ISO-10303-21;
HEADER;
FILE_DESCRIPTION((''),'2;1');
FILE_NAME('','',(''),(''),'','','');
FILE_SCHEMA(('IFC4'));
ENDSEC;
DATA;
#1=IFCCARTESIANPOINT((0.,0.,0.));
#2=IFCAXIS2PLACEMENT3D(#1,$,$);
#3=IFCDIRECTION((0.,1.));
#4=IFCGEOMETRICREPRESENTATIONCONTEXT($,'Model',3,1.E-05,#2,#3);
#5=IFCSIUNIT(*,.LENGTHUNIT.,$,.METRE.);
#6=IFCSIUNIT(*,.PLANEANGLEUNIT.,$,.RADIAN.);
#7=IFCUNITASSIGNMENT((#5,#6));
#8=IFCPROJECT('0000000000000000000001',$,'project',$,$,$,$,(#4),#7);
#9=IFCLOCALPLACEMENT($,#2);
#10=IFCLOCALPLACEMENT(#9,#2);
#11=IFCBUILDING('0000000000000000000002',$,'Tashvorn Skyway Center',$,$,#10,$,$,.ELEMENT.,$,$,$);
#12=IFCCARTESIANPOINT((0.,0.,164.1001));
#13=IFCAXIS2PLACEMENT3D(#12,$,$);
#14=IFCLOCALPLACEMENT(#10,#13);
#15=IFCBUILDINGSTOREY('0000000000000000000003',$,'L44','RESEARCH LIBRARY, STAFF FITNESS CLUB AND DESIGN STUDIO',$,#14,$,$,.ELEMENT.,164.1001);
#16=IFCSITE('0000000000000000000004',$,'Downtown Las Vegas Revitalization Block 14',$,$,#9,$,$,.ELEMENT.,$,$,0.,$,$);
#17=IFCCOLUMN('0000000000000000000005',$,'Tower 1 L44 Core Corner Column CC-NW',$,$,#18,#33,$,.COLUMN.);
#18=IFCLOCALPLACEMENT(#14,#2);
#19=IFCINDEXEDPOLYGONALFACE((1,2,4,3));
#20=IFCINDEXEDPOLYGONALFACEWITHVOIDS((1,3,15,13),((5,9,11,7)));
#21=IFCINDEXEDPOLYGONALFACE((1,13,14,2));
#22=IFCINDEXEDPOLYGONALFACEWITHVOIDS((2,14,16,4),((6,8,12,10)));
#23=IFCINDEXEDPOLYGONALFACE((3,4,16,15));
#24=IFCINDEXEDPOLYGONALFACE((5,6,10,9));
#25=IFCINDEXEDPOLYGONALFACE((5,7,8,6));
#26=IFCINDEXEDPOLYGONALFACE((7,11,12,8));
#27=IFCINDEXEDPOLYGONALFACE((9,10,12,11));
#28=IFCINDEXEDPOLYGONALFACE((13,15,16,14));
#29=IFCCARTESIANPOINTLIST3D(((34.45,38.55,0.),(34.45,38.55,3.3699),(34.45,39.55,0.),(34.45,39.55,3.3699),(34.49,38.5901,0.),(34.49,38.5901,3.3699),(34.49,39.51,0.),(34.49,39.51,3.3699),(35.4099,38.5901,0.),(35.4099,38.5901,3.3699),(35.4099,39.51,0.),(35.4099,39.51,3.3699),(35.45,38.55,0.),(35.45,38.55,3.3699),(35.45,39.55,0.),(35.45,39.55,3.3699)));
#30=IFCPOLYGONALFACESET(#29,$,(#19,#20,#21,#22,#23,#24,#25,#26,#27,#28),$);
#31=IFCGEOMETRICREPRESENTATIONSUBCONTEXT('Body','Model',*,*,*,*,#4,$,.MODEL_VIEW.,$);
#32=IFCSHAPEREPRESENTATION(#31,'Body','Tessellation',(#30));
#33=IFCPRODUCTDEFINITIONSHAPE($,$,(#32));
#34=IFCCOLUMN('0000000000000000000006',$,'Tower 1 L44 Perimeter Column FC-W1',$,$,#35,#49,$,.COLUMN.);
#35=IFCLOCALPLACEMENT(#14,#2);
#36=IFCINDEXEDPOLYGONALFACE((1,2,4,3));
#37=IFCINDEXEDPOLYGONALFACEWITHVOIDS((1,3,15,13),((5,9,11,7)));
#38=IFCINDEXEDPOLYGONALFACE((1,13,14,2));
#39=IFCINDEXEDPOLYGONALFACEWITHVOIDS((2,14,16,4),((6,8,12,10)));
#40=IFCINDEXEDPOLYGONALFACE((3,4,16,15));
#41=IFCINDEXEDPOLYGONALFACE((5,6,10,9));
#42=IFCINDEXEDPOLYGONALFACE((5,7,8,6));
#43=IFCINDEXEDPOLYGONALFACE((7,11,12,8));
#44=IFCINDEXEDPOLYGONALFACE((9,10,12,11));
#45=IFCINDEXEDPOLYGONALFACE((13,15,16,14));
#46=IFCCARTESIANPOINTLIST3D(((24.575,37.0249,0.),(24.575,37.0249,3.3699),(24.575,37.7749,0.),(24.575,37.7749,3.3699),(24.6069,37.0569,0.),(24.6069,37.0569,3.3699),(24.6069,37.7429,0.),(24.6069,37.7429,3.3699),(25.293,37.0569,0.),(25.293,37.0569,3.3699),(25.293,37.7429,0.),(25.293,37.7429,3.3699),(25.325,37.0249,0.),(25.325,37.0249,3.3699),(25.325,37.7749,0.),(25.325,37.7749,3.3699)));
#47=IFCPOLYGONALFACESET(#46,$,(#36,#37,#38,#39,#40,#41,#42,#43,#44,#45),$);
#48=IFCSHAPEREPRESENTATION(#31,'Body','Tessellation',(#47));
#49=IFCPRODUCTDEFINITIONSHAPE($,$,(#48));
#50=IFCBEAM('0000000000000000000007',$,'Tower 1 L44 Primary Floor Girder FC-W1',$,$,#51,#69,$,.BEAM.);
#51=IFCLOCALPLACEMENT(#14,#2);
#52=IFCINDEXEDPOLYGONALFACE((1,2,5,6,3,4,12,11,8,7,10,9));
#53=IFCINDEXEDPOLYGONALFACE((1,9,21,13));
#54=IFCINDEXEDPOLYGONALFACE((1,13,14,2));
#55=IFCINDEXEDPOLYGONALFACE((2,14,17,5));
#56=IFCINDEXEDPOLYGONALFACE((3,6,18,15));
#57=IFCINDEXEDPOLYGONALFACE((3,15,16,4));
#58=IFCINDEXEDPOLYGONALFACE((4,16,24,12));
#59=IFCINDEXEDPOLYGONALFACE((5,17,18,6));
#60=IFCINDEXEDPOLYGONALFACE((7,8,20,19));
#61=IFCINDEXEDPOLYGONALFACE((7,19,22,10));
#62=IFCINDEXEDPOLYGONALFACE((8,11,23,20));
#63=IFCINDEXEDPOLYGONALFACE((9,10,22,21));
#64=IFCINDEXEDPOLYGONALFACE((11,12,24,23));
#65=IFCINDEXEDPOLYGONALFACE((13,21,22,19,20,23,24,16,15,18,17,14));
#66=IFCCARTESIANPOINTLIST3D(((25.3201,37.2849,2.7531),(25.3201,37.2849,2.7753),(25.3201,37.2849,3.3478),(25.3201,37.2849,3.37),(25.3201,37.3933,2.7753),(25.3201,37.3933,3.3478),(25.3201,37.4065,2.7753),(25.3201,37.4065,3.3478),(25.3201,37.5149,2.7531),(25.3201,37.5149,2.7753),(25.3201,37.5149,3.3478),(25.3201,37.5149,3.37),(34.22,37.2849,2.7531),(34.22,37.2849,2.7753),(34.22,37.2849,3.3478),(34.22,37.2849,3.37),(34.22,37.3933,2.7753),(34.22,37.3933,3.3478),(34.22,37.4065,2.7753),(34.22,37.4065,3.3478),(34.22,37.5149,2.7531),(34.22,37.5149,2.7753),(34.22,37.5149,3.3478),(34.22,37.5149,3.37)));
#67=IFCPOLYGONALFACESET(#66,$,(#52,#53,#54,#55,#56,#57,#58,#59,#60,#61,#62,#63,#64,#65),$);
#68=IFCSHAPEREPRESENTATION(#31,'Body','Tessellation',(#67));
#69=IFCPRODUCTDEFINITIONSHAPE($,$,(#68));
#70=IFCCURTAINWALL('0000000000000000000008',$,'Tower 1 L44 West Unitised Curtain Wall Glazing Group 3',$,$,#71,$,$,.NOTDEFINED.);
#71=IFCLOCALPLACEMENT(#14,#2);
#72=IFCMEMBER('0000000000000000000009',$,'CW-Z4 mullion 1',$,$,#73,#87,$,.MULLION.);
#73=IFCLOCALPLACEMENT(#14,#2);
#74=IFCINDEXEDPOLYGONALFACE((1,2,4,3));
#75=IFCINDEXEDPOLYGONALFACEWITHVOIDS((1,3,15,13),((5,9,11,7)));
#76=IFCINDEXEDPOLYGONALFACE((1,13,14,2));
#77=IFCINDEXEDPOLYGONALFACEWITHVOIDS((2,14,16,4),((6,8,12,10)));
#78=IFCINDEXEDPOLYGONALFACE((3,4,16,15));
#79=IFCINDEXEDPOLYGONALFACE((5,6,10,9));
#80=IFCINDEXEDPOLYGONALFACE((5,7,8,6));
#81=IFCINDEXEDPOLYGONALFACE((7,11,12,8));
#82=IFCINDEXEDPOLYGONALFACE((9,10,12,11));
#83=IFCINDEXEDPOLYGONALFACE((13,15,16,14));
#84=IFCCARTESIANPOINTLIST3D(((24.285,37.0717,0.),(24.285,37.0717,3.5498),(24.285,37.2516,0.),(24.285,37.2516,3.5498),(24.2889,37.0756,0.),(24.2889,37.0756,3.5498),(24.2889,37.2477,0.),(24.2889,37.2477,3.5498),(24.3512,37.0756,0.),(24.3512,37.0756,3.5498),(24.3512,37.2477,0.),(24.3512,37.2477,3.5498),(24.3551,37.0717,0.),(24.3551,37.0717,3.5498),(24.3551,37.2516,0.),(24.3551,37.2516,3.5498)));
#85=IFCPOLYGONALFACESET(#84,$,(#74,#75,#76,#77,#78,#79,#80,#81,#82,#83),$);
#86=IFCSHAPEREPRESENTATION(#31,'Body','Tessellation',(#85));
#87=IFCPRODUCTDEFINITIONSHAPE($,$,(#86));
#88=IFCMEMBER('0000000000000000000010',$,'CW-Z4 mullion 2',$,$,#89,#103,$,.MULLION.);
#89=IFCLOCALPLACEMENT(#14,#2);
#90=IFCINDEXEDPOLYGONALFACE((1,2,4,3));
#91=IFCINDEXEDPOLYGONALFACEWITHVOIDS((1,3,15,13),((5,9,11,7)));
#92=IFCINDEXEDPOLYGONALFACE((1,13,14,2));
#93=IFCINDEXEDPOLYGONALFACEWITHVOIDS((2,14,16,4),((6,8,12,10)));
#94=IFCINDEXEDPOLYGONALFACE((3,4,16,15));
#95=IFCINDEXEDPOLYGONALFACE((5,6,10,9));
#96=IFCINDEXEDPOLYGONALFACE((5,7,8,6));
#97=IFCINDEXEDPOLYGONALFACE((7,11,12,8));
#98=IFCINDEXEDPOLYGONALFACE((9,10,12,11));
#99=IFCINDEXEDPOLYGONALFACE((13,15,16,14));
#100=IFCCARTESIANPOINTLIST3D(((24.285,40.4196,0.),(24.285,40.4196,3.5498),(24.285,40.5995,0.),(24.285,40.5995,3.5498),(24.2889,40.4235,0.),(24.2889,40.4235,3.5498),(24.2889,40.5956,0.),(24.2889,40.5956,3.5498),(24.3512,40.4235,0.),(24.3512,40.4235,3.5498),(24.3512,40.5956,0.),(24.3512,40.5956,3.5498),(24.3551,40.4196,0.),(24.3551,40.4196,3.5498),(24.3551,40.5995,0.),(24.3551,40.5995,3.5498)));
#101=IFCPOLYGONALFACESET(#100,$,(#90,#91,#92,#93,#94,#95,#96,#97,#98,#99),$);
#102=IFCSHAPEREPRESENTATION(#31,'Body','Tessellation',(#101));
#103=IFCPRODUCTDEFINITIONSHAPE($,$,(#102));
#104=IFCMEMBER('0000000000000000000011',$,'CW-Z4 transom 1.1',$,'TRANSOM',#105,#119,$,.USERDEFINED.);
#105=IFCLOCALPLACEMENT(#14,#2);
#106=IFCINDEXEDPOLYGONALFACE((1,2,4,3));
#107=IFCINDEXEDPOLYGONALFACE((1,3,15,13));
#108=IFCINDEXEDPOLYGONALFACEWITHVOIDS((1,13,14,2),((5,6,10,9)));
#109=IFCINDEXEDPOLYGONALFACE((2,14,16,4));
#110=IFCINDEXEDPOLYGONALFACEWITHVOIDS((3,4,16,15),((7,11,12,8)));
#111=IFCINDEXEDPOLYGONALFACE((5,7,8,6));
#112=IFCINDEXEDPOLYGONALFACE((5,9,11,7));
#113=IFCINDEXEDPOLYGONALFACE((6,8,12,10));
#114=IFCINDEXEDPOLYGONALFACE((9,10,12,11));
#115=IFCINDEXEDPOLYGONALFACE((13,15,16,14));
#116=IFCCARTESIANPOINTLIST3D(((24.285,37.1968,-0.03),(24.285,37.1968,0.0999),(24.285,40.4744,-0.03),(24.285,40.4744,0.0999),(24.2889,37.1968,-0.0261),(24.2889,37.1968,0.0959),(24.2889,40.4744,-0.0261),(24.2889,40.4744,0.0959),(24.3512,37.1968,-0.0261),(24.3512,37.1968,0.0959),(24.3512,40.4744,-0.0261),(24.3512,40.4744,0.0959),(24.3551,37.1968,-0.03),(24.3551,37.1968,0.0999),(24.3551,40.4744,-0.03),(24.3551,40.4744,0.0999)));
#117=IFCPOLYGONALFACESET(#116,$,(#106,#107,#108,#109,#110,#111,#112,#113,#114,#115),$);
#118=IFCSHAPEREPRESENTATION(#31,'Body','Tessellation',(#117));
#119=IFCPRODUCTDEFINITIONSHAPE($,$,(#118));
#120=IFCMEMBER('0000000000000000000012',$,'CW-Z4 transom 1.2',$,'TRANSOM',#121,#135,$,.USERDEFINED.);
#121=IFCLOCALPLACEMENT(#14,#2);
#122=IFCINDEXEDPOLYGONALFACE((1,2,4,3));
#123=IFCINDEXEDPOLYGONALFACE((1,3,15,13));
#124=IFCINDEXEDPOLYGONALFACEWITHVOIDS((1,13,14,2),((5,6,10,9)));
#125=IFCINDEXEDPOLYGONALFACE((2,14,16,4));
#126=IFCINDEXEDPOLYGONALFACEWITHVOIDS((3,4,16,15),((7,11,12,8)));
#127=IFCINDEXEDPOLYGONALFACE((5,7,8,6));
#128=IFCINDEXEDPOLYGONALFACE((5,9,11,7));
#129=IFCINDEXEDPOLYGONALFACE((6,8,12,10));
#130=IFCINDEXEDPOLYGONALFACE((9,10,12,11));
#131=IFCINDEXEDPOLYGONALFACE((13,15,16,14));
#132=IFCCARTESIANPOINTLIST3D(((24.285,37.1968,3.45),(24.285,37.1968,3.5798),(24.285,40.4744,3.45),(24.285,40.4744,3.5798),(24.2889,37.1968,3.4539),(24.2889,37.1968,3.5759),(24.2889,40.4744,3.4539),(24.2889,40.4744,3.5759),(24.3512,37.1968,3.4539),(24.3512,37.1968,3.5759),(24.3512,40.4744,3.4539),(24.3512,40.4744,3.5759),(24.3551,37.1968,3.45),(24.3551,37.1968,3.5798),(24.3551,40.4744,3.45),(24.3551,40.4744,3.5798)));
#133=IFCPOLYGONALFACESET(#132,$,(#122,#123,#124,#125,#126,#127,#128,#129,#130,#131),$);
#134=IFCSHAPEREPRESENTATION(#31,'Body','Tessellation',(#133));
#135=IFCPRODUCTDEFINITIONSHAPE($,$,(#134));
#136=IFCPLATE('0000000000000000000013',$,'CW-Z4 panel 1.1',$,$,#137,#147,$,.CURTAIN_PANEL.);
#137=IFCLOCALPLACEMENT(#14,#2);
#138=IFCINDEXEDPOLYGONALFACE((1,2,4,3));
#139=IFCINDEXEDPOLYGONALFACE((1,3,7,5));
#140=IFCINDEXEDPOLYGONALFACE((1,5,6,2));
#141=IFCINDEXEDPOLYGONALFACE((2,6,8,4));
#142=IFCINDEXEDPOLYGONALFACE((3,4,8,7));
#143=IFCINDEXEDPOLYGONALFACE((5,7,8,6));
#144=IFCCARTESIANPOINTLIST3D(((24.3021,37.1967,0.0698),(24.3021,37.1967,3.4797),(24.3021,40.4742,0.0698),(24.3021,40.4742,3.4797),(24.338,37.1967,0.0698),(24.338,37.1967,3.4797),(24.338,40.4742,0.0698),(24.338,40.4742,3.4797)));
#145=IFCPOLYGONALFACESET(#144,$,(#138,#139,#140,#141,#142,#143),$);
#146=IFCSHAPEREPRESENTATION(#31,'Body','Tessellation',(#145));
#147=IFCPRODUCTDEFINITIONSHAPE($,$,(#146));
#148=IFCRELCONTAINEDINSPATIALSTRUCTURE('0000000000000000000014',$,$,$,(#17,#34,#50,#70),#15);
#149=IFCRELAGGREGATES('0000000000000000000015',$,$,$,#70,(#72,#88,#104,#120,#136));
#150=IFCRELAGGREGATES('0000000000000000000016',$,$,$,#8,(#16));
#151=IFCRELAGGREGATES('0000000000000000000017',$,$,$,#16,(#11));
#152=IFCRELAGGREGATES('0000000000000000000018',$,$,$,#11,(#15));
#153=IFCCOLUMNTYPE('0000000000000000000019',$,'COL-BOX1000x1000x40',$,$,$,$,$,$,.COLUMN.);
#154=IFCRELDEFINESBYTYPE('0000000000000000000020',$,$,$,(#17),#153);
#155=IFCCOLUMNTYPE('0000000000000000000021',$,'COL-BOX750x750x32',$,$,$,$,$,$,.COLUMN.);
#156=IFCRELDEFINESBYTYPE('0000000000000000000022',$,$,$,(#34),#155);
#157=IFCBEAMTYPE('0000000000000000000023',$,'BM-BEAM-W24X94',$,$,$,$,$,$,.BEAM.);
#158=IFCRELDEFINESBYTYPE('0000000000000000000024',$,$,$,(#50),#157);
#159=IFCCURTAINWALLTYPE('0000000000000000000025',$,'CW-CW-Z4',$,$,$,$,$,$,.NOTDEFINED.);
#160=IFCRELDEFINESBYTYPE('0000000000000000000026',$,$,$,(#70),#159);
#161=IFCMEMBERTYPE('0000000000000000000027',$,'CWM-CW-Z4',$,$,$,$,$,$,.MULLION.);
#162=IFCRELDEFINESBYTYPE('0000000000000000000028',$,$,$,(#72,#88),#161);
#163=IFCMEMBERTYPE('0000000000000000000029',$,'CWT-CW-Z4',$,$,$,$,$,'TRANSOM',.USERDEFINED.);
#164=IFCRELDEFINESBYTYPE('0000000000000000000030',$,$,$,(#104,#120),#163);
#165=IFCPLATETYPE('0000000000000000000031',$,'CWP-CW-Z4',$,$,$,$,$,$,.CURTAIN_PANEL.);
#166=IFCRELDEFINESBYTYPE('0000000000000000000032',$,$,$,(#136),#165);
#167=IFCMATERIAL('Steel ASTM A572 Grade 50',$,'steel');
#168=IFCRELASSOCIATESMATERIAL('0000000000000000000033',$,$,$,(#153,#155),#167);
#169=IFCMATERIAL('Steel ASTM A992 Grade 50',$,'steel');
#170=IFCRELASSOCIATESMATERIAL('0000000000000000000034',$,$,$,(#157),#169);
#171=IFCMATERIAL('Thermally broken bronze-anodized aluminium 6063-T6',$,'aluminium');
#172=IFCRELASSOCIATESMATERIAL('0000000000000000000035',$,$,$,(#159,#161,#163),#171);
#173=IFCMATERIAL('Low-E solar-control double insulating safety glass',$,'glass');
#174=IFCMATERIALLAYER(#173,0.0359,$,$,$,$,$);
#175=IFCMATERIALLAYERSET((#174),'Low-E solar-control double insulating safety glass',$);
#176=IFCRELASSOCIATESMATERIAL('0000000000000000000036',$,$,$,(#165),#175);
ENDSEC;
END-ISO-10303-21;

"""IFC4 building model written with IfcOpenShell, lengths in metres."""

from ifc_helpers import new_model, si_unit, direction, frame, origin, origin_2d, place, context, subcontext, project, spatial, rectangle, hollow_rectangle, i_section, extrude, material, layer, layer_set, material_profile, profile_set, type_object, element, aggregate, save


model = new_model("IFC4")

# Units and contexts
model_context = context("Model", 3, precision=1e-05, world=origin(), true_north=direction((0.0, 1.0)))
body_context = subcontext(model_context, "Body", "Model", "MODEL_VIEW")
ifc_project = project(units=[si_unit("LENGTHUNIT", "METRE"), si_unit("PLANEANGLEUNIT", "RADIAN")], contexts=[model_context])

# Site, building, storey
site_placement = place(None, origin())
site = spatial("IfcSite", under=ifc_project, at=site_placement, Name="Downtown Las Vegas Revitalization Block 14", CompositionType="ELEMENT", RefElevation=0.0)
building_placement = place(site_placement, origin())
building = spatial("IfcBuilding", under=site, at=building_placement, Name="Tashvorn Skyway Center", CompositionType="ELEMENT")
storey_placement = place(building_placement, frame((0.0, 0.0, 164.1001)))
storey = spatial("IfcBuildingStorey", under=building, at=storey_placement, Name="L44", Description="RESEARCH LIBRARY, STAFF FITNESS CLUB AND DESIGN STUDIO", CompositionType="ELEMENT", Elevation=164.1001)

# Columns
ifc_material_1 = material(Name="Steel ASTM A572 Grade 50", Category="steel")
ifc_material_profile_1 = material_profile(ifc_material_1, hollow_rectangle(XDim=1.0, YDim=1.0, WallThickness=0.04, at=origin_2d()), Name="BOX1000x1000x40")
ifc_profile_set_1 = profile_set([ifc_material_profile_1], Name="Steel ASTM A572 Grade 50")
column_type_1 = type_object("IfcColumnType", Name="COL-BOX1000x1000x40", PredefinedType="COLUMN", material=ifc_profile_set_1)
column_1_placement = place(storey_placement, frame((34.95, 39.05, 0.0), z_axis=(0.0, 0.0, 1.0), x_axis=(1.0, 0.0, 0.0)))
element("IfcColumn", 1, at=column_1_placement, inside=storey, type_object=column_type_1, Name="Tower 1 L44 Core Corner Column CC-NW", PredefinedType="COLUMN", context=body_context, shape_type="SweptSolid", body=[
    extrude(hollow_rectangle(XDim=1.0, YDim=1.0, WallThickness=0.04, at=origin_2d()), origin(), (0.0, 0.0, 1.0), 3.3699),
])
ifc_material_profile_2 = material_profile(ifc_material_1, hollow_rectangle(XDim=0.75, YDim=0.75, WallThickness=0.032, at=origin_2d()), Name="BOX750x750x32")
ifc_profile_set_2 = profile_set([ifc_material_profile_2], Name="Steel ASTM A572 Grade 50")
column_type_2 = type_object("IfcColumnType", Name="COL-BOX750x750x32", PredefinedType="COLUMN", material=ifc_profile_set_2)
column_2_placement = place(storey_placement, frame((24.95, 37.3999, 0.0), z_axis=(0.0, 0.0, 1.0), x_axis=(1.0, 0.0, 0.0)))
element("IfcColumn", 2, at=column_2_placement, inside=storey, type_object=column_type_2, Name="Tower 1 L44 Perimeter Column FC-W1", PredefinedType="COLUMN", context=body_context, shape_type="SweptSolid", body=[
    extrude(hollow_rectangle(XDim=0.75, YDim=0.75, WallThickness=0.032, at=origin_2d()), origin(), (0.0, 0.0, 1.0), 3.3699),
])

# Beam
ifc_material_2 = material(Name="Steel ASTM A992 Grade 50", Category="steel")
ifc_material_profile_3 = material_profile(ifc_material_2, i_section(OverallWidth=0.23, OverallDepth=0.6169, WebThickness=0.0132, FlangeThickness=0.0222, at=origin_2d()), Name="W24X94")
ifc_profile_set_3 = profile_set([ifc_material_profile_3], Name="Steel ASTM A992 Grade 50")
beam_type = type_object("IfcBeamType", Name="BM-BEAM-W24X94", PredefinedType="BEAM", material=ifc_profile_set_3)
beam_placement = place(storey_placement, frame((25.3201, 37.3999, 3.0615), z_axis=(1.0, 0.0, 0.0), x_axis=(0.0, 1.0, 0.0)))
element("IfcBeam", 3, at=beam_placement, inside=storey, type_object=beam_type, Name="Tower 1 L44 Primary Floor Girder FC-W1", PredefinedType="BEAM", context=body_context, shape_type="SweptSolid", body=[
    extrude(i_section(OverallWidth=0.23, OverallDepth=0.6169, WebThickness=0.0132, FlangeThickness=0.0222, at=origin_2d()), origin(), (0.0, 0.0, 1.0), 8.8999),
])

# Curtain wall, members, plate
ifc_material_3 = material(Name="Thermally broken bronze-anodized aluminium 6063-T6", Category="aluminium")
curtain_wall_type = type_object("IfcCurtainWallType", Name="CW-CW-Z4", PredefinedType="NOTDEFINED", material=ifc_material_3)
curtain_wall_placement = place(storey_placement, origin())
curtain_wall = element("IfcCurtainWall", 4, at=curtain_wall_placement, inside=storey, type_object=curtain_wall_type, Name="Tower 1 L44 West Unitised Curtain Wall Glazing Group 3", PredefinedType="NOTDEFINED")
ifc_material_profile_4 = material_profile(ifc_material_3, hollow_rectangle(XDim=0.0701, YDim=0.1799, WallThickness=0.0039, at=origin_2d()), Name="ALU-MULL-70x180")
ifc_profile_set_4 = profile_set([ifc_material_profile_4], Name="Thermally broken bronze-anodized aluminium 6063-T6")
member_type_1 = type_object("IfcMemberType", Name="CWM-CW-Z4", PredefinedType="MULLION", material=ifc_profile_set_4)
member_1_placement = place(storey_placement, frame((24.3201, 37.1616, 0.0), z_axis=(0.0, 0.0, 1.0), x_axis=(-1.0, 0.0, 0.0)))
member_1 = element("IfcMember", 5, at=member_1_placement, type_object=member_type_1, Name="CW-Z4 mullion 1", PredefinedType="MULLION", context=body_context, shape_type="SweptSolid", body=[
    extrude(hollow_rectangle(XDim=0.0701, YDim=0.1799, WallThickness=0.0039, at=origin_2d()), origin(), (0.0, 0.0, 1.0), 3.5498),
])
member_2_placement = place(storey_placement, frame((24.3201, 40.5095, 0.0), z_axis=(0.0, 0.0, 1.0), x_axis=(-1.0, 0.0, 0.0)))
member_2 = element("IfcMember", 6, at=member_2_placement, type_object=member_type_1, Name="CW-Z4 mullion 2", PredefinedType="MULLION", context=body_context, shape_type="SweptSolid", body=[
    extrude(hollow_rectangle(XDim=0.0701, YDim=0.1799, WallThickness=0.0039, at=origin_2d()), origin(), (0.0, 0.0, 1.0), 3.5498),
])
ifc_material_profile_5 = material_profile(ifc_material_3, hollow_rectangle(XDim=0.0701, YDim=0.1299, WallThickness=0.0039, at=origin_2d()), Name="ALU-TRAN-70x130")
ifc_profile_set_5 = profile_set([ifc_material_profile_5], Name="Thermally broken bronze-anodized aluminium 6063-T6")
member_type_2 = type_object("IfcMemberType", Name="CWT-CW-Z4", ElementType="TRANSOM", PredefinedType="USERDEFINED", material=ifc_profile_set_5)
member_3_placement = place(storey_placement, frame((24.3201, 37.1968, 0.0349), z_axis=(0.0, 1.0, 0.0), x_axis=(-1.0, 0.0, 0.0)))
member_3 = element("IfcMember", 7, at=member_3_placement, type_object=member_type_2, Name="CW-Z4 transom 1.1", ObjectType="TRANSOM", PredefinedType="USERDEFINED", context=body_context, shape_type="SweptSolid", body=[
    extrude(hollow_rectangle(XDim=0.0701, YDim=0.1299, WallThickness=0.0039, at=origin_2d()), origin(), (0.0, 0.0, 1.0), 3.2776),
])
member_4_placement = place(storey_placement, frame((24.3201, 37.1968, 3.5149), z_axis=(0.0, 1.0, 0.0), x_axis=(-1.0, 0.0, 0.0)))
member_4 = element("IfcMember", 8, at=member_4_placement, type_object=member_type_2, Name="CW-Z4 transom 1.2", ObjectType="TRANSOM", PredefinedType="USERDEFINED", context=body_context, shape_type="SweptSolid", body=[
    extrude(hollow_rectangle(XDim=0.0701, YDim=0.1299, WallThickness=0.0039, at=origin_2d()), origin(), (0.0, 0.0, 1.0), 3.2776),
])
ifc_material_4 = material(Name="Low-E solar-control double insulating safety glass", Category="glass")
ifc_layer_1 = layer(ifc_material_4, 0.0359)
ifc_layer_set_1 = layer_set([ifc_layer_1], Name="Low-E solar-control double insulating safety glass")
plate_type = type_object("IfcPlateType", Name="CWP-CW-Z4", PredefinedType="CURTAIN_PANEL", material=ifc_layer_set_1)
plate_placement = place(storey_placement, frame((24.3201, 38.8354, 0.0698), z_axis=(0.0, 0.0, 1.0), x_axis=(0.0, 1.0, 0.0)))
plate = element("IfcPlate", 9, at=plate_placement, type_object=plate_type, Name="CW-Z4 panel 1.1", PredefinedType="CURTAIN_PANEL", context=body_context, shape_type="SweptSolid", body=[
    extrude(rectangle(XDim=3.2776, YDim=0.0359, at=origin_2d()), origin(), (0.0, 0.0, 1.0), 3.4099),
])
aggregate(curtain_wall, [member_1, member_2, member_3, member_4, plate])

save(model, "model.ifc")
